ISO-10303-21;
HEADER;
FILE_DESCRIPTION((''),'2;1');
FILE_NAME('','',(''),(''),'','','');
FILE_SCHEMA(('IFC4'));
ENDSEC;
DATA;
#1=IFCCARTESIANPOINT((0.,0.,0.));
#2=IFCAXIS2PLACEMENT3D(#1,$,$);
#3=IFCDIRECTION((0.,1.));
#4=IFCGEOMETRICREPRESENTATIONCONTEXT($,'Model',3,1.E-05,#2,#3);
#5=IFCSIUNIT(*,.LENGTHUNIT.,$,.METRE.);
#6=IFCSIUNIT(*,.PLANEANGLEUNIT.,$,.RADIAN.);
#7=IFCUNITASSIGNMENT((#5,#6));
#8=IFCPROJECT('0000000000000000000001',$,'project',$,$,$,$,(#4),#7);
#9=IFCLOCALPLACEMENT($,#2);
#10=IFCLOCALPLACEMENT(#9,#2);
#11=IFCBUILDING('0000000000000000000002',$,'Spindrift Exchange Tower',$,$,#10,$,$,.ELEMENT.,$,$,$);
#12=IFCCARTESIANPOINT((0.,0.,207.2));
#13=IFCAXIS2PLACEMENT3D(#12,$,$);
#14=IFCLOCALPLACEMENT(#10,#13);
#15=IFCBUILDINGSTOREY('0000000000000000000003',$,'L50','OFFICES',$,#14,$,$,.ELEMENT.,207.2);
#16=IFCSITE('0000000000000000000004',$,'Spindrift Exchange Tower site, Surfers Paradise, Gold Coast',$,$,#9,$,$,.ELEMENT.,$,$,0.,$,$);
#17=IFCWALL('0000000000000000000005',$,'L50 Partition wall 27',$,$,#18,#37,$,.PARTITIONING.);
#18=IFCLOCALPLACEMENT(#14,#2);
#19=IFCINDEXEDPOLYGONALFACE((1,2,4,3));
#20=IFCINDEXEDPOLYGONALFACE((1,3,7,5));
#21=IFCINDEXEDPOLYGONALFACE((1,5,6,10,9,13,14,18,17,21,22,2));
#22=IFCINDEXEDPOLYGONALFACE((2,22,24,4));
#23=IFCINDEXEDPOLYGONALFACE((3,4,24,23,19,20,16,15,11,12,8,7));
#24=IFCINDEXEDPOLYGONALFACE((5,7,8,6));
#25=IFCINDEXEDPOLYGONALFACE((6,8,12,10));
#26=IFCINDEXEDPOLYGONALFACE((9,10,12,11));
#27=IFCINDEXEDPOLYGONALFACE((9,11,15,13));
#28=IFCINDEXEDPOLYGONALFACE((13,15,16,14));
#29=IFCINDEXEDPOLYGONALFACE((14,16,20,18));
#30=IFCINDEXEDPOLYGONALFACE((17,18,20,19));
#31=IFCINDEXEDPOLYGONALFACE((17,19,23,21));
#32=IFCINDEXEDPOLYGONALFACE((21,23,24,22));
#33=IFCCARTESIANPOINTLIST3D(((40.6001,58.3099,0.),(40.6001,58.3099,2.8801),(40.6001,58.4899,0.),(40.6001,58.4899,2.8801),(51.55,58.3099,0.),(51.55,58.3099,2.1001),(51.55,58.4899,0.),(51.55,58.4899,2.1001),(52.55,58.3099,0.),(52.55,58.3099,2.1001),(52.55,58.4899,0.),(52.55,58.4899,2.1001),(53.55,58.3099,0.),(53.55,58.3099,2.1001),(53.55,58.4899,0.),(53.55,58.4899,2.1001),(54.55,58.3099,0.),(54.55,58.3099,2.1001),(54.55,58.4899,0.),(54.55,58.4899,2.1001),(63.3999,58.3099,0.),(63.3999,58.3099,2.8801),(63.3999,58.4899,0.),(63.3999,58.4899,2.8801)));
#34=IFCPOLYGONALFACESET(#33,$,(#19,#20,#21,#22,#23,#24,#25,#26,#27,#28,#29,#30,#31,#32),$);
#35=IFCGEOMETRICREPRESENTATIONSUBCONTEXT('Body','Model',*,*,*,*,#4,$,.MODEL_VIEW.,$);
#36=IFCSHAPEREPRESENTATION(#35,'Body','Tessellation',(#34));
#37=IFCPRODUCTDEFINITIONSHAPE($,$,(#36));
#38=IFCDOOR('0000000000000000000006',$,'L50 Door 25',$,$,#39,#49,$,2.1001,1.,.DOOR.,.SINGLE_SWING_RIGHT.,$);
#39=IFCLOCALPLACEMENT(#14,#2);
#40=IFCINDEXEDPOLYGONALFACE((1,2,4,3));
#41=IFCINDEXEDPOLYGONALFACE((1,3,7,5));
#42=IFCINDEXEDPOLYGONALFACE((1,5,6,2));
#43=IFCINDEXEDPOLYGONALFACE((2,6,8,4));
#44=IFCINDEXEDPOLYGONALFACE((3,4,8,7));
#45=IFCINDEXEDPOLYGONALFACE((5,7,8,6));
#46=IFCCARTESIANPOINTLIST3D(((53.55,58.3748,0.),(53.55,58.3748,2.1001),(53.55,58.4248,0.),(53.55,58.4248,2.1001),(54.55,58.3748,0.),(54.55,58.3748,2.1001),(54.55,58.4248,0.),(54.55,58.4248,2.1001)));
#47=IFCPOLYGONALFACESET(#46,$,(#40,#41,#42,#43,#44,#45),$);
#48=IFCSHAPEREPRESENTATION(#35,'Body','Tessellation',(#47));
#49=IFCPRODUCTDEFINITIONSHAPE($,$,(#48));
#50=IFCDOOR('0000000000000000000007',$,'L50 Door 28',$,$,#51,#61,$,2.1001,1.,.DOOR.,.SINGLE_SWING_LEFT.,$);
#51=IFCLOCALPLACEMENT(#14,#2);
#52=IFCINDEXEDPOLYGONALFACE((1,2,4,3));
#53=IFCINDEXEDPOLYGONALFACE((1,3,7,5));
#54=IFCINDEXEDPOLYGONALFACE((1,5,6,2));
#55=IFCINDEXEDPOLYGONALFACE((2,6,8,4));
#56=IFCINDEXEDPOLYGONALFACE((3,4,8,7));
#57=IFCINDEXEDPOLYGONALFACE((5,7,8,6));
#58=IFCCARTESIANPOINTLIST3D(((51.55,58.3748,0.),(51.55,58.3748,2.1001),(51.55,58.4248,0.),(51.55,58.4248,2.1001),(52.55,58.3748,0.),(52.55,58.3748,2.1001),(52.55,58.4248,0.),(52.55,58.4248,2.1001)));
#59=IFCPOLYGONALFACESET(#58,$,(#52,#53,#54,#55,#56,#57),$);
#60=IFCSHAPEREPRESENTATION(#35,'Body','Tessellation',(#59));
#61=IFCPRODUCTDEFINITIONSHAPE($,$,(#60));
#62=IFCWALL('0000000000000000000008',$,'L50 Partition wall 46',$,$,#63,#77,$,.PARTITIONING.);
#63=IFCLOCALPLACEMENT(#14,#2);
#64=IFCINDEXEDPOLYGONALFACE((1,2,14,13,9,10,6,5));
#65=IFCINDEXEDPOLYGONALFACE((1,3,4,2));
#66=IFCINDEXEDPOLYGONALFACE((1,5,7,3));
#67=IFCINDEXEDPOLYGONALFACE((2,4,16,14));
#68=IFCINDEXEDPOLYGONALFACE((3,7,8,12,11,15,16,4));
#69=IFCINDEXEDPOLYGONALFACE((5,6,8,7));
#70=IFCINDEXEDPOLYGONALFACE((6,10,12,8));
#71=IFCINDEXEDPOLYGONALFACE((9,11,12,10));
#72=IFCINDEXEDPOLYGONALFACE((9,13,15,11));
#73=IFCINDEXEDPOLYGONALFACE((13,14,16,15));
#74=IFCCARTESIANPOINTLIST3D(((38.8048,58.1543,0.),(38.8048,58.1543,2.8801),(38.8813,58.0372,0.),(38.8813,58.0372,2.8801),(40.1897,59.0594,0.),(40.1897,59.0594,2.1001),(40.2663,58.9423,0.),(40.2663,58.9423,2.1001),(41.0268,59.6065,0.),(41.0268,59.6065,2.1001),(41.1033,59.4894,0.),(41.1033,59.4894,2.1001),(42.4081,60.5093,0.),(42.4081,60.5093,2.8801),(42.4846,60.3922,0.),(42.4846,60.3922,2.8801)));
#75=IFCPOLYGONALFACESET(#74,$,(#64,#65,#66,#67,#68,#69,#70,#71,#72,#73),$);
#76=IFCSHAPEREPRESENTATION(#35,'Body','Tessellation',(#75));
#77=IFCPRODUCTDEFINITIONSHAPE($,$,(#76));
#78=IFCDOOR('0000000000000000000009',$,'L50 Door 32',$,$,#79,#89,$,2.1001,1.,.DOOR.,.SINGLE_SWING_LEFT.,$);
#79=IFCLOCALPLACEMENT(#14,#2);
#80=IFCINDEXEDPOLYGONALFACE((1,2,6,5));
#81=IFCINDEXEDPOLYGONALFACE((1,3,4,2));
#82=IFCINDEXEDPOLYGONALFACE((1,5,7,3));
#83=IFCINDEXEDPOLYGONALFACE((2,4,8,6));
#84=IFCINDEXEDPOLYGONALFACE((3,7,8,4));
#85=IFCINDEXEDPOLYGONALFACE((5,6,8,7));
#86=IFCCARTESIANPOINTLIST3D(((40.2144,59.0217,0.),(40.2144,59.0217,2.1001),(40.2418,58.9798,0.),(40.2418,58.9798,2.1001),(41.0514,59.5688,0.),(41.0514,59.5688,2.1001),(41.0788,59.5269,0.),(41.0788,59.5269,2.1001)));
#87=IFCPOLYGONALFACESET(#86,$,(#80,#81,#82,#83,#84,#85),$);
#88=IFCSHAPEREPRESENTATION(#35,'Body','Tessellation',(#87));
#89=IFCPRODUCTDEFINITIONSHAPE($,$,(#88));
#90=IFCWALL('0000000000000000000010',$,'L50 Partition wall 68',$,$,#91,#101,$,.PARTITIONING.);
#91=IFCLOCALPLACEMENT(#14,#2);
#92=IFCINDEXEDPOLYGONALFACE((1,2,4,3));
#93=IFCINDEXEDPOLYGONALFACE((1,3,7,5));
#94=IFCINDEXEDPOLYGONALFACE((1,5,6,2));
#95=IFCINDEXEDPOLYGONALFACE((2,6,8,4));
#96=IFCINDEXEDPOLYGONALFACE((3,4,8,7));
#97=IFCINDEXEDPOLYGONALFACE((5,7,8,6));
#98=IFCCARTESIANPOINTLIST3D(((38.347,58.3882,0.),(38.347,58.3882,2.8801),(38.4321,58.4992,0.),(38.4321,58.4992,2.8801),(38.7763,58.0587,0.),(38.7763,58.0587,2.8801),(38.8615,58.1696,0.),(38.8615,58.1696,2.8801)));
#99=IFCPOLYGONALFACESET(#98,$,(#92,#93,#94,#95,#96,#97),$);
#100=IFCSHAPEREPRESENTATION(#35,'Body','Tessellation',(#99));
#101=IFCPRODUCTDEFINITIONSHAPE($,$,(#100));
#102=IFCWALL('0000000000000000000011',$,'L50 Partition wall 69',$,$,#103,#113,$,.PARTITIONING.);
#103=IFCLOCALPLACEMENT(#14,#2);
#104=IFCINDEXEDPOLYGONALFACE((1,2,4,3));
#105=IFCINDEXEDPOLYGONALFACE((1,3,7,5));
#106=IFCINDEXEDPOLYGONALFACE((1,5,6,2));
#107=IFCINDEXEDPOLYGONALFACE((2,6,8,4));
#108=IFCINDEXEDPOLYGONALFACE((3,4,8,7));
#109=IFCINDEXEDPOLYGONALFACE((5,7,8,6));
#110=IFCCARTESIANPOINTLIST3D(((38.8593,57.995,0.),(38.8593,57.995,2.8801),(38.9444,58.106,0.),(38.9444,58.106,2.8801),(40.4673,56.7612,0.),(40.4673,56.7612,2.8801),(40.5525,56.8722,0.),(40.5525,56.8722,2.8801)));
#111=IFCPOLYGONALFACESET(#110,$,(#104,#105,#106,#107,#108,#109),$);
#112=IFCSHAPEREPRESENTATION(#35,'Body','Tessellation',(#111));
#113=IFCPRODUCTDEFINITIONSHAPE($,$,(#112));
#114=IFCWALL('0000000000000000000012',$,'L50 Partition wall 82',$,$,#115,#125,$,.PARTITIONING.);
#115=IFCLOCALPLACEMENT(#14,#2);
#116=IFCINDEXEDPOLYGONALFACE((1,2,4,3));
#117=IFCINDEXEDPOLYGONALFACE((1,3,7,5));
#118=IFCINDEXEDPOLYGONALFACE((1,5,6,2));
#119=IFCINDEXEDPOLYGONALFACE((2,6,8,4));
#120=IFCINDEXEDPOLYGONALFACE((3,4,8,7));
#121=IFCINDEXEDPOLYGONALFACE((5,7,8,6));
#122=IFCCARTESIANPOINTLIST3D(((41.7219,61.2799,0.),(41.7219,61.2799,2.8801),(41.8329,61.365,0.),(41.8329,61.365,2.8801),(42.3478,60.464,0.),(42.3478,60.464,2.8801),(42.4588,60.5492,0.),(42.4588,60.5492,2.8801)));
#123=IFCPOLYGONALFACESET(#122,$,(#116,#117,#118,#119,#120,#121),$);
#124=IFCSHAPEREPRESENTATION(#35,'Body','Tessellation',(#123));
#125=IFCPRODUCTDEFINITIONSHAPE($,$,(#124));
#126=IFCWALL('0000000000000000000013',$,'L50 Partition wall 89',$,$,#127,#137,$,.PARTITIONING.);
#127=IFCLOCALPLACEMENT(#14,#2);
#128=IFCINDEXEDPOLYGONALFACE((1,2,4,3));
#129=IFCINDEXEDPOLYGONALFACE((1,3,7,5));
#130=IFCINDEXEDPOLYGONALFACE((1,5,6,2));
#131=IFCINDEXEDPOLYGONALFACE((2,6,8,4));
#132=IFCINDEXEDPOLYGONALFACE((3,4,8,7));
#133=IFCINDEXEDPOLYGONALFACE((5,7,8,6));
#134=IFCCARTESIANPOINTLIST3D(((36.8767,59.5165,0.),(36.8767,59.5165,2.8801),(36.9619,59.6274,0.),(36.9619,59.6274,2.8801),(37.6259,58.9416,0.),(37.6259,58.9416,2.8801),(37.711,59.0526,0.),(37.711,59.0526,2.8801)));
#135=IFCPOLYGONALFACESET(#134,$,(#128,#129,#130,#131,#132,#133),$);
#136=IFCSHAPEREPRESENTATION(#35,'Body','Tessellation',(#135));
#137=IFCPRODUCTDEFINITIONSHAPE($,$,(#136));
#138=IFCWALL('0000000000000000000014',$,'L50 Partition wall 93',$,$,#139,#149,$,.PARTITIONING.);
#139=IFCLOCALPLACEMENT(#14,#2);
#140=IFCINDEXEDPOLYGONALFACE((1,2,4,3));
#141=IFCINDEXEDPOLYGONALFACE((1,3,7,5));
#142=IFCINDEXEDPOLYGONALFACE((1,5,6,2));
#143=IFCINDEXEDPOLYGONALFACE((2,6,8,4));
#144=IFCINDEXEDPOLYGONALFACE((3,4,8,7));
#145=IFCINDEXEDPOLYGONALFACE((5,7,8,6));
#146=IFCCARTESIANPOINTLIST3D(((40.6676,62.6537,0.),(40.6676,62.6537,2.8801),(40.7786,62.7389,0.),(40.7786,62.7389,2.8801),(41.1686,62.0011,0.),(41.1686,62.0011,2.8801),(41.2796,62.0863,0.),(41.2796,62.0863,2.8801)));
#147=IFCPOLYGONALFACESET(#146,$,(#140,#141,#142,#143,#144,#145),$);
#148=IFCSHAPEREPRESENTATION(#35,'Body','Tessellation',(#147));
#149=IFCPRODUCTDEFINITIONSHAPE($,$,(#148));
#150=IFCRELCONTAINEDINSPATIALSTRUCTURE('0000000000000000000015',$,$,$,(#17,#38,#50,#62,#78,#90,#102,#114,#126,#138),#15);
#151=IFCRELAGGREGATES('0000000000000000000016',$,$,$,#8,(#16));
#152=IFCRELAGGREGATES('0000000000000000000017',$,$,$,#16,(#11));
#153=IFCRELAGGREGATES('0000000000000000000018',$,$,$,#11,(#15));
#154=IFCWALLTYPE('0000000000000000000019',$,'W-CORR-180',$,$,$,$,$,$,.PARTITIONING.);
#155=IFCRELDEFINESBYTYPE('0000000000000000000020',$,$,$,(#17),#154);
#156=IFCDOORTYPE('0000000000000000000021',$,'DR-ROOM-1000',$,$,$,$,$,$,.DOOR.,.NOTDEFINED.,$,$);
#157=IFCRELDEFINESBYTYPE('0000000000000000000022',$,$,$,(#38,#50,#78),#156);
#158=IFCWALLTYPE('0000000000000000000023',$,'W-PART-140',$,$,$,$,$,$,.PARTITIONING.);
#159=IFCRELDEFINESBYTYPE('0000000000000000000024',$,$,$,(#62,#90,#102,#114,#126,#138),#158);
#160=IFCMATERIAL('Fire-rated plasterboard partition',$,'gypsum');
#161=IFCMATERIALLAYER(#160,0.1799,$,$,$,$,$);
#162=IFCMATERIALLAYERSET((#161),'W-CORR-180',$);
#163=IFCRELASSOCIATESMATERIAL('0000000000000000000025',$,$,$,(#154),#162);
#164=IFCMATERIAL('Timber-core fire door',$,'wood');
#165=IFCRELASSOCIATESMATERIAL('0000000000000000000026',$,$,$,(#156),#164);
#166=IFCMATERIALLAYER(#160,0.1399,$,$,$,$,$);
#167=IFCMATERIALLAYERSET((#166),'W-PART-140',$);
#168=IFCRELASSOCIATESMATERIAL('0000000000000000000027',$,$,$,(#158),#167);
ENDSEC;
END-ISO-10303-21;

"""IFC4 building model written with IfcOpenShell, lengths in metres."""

from ifc_helpers import new_model, si_unit, direction, frame, frame_2d, origin, place, context, subcontext, project, spatial, rectangle, extrude, source, transform, mapped, material, layer, layer_set, type_object, element, fill, save


model = new_model("IFC4")

# Units and contexts
model_context = context("Model", 3, precision=1e-05, world=origin(), true_north=direction((0.0, 1.0)))
body_context = subcontext(model_context, "Body", "Model", "MODEL_VIEW")
ifc_project = project(units=[si_unit("LENGTHUNIT", "METRE"), si_unit("PLANEANGLEUNIT", "RADIAN")], contexts=[model_context])

# Site, building, storey
site_placement = place(None, origin())
site = spatial("IfcSite", under=ifc_project, at=site_placement, Name="Spindrift Exchange Tower site, Surfers Paradise, Gold Coast", CompositionType="ELEMENT", RefElevation=0.0)
building_placement = place(site_placement, origin())
building = spatial("IfcBuilding", under=site, at=building_placement, Name="Spindrift Exchange Tower", CompositionType="ELEMENT")
storey_placement = place(building_placement, frame((0.0, 0.0, 207.2)))
storey = spatial("IfcBuildingStorey", under=building, at=storey_placement, Name="L50", Description="OFFICES", CompositionType="ELEMENT", Elevation=207.2)

# Wall, openings, doors
ifc_material_1 = material(Name="Fire-rated plasterboard partition", Category="gypsum")
ifc_layer_1 = layer(ifc_material_1, 0.1799)
ifc_layer_set_1 = layer_set([ifc_layer_1], Name="W-CORR-180")
wall_type_1 = type_object("IfcWallType", Name="W-CORR-180", PredefinedType="PARTITIONING", material=ifc_layer_set_1)
wall_1_placement = place(storey_placement, frame((40.6001, 58.3999, 0.0), z_axis=(0.0, 0.0, 1.0), x_axis=(1.0, 0.0, 0.0)))
wall_1 = element("IfcWall", 1, at=wall_1_placement, inside=storey, type_object=wall_type_1, Name="L50 Partition wall 27", PredefinedType="PARTITIONING", context=body_context, shape_type="SweptSolid", body=[
    extrude(rectangle(XDim=22.7998, YDim=0.1799, at=frame_2d((11.3999, 0.0))), origin(), (0.0, 0.0, 1.0), 2.8801),
])
opening_1_placement = place(wall_1_placement, frame((12.95, 0.0, 0.0)))
opening_1 = element("IfcOpeningElement", 2, at=opening_1_placement, cuts=wall_1, PredefinedType="OPENING", context=body_context, shape_type="SweptSolid", body=[
    extrude(rectangle(XDim=1.0, YDim=2.1001, at=frame_2d((0.5, 1.05))), frame((0.0, 0.0999, 0.0), z_axis=(0.0, -1.0, 0.0), x_axis=(1.0, 0.0, 0.0)), (0.0, 0.0, 1.0), 0.2),
])
opening_2_placement = place(wall_1_placement, frame((10.95, 0.0, 0.0)))
opening_2 = element("IfcOpeningElement", 3, at=opening_2_placement, cuts=wall_1, PredefinedType="OPENING", context=body_context, shape_type="SweptSolid", body=[
    extrude(rectangle(XDim=1.0, YDim=2.1001, at=frame_2d((0.5, 1.05))), frame((0.0, 0.0999, 0.0), z_axis=(0.0, -1.0, 0.0), x_axis=(1.0, 0.0, 0.0)), (0.0, 0.0, 1.0), 0.2),
])
ifc_material_2 = material(Name="Timber-core fire door", Category="wood")
door_type = type_object("IfcDoorType", Name="DR-ROOM-1000", OperationType="NOTDEFINED", PredefinedType="DOOR", material=ifc_material_2)
shared_shape_1 = source(origin(), body_context, "Body", "SweptSolid", [
    extrude(rectangle(XDim=1.0, YDim=2.1001, at=frame_2d((0.5, 1.05))), frame((0.0, 0.0249, 0.0), z_axis=(0.0, -1.0, 0.0), x_axis=(1.0, 0.0, 0.0)), (0.0, 0.0, 1.0), 0.05),
])
door_1_placement = place(opening_1_placement, origin())
door_1 = element("IfcDoor", 4, at=door_1_placement, inside=storey, type_object=door_type, Name="L50 Door 25", OperationType="SINGLE_SWING_RIGHT", OverallHeight=2.1001, OverallWidth=1.0, PredefinedType="DOOR", context=body_context, shape_type="MappedRepresentation", body=[
    mapped(shared_shape_1, transform((0.0, 0.0, 0.0), scale=1.0)),
])
fill(opening_1, door_1)
door_2_placement = place(opening_2_placement, origin())
door_2 = element("IfcDoor", 5, at=door_2_placement, inside=storey, type_object=door_type, Name="L50 Door 28", OperationType="SINGLE_SWING_LEFT", OverallHeight=2.1001, OverallWidth=1.0, PredefinedType="DOOR", context=body_context, shape_type="MappedRepresentation", body=[
    mapped(shared_shape_1, transform((0.0, 0.0, 0.0), scale=1.0)),
])
fill(opening_2, door_2)

# Wall, opening, door
ifc_layer_2 = layer(ifc_material_1, 0.1399)
ifc_layer_set_2 = layer_set([ifc_layer_2], Name="W-PART-140")
wall_type_2 = type_object("IfcWallType", Name="W-PART-140", PredefinedType="PARTITIONING", material=ifc_layer_set_2)
wall_2_placement = place(storey_placement, frame((38.843, 58.0957, 0.0), z_axis=(0.0, 0.0, 1.0), x_axis=(0.837077, 0.547086, 0.0)))
wall_2 = element("IfcWall", 6, at=wall_2_placement, inside=storey, type_object=wall_type_2, Name="L50 Partition wall 46", PredefinedType="PARTITIONING", context=body_context, shape_type="SweptSolid", body=[
    extrude(rectangle(XDim=4.3047, YDim=0.1399, at=frame_2d((2.1523, 0.0))), origin(), (0.0, 0.0, 1.0), 2.8801),
])
opening_3_placement = place(wall_2_placement, frame((1.6545, 0.0, 0.0)))
opening_3 = element("IfcOpeningElement", 7, at=opening_3_placement, cuts=wall_2, PredefinedType="OPENING", context=body_context, shape_type="SweptSolid", body=[
    extrude(rectangle(XDim=1.0, YDim=2.1001, at=frame_2d((0.5, 1.05))), frame((0.0, 0.0798, 0.0), z_axis=(0.0, -1.0, 0.0), x_axis=(1.0, 0.0, 0.0)), (0.0, 0.0, 1.0), 0.1599),
])
door_3_placement = place(opening_3_placement, origin())
door_3 = element("IfcDoor", 8, at=door_3_placement, inside=storey, type_object=door_type, Name="L50 Door 32", OperationType="SINGLE_SWING_LEFT", OverallHeight=2.1001, OverallWidth=1.0, PredefinedType="DOOR", context=body_context, shape_type="MappedRepresentation", body=[
    mapped(shared_shape_1, transform((0.0, 0.0, 0.0), scale=1.0)),
])
fill(opening_3, door_3)

# Walls
wall_3_placement = place(storey_placement, frame((38.3896, 58.4436, 0.0), z_axis=(0.0, 0.0, 1.0), x_axis=(0.793294, -0.608839, 0.0)))
element("IfcWall", 9, at=wall_3_placement, inside=storey, type_object=wall_type_2, Name="L50 Partition wall 68", PredefinedType="PARTITIONING", context=body_context, shape_type="SweptSolid", body=[
    extrude(rectangle(XDim=0.5413, YDim=0.1399, at=frame_2d((0.2705, 0.0))), origin(), (0.0, 0.0, 1.0), 2.8801),
])
wall_4_placement = place(storey_placement, frame((38.9019, 58.0505, 0.0), z_axis=(0.0, 0.0, 1.0), x_axis=(0.793376, -0.608732, 0.0)))
element("IfcWall", 10, at=wall_4_placement, inside=storey, type_object=wall_type_2, Name="L50 Partition wall 69", PredefinedType="PARTITIONING", context=body_context, shape_type="SweptSolid", body=[
    extrude(rectangle(XDim=2.0269, YDim=0.1399, at=frame_2d((1.0134, 0.0))), origin(), (0.0, 0.0, 1.0), 2.8801),
])
wall_5_placement = place(storey_placement, frame((42.4033, 60.5066, 0.0), z_axis=(0.0, 0.0, 1.0), x_axis=(-0.608701, 0.7934, 0.0)))
element("IfcWall", 11, at=wall_5_placement, inside=storey, type_object=wall_type_2, Name="L50 Partition wall 82", PredefinedType="PARTITIONING", context=body_context, shape_type="SweptSolid", body=[
    extrude(rectangle(XDim=1.0283, YDim=0.1399, at=frame_2d((0.5142, 0.0))), origin(), (0.0, 0.0, 1.0), 2.8801),
])
wall_6_placement = place(storey_placement, frame((37.6685, 58.9971, 0.0), z_axis=(0.0, 0.0, 1.0), x_axis=(-0.793344, 0.608773, 0.0)))
element("IfcWall", 12, at=wall_6_placement, inside=storey, type_object=wall_type_2, Name="L50 Partition wall 89", PredefinedType="PARTITIONING", context=body_context, shape_type="SweptSolid", body=[
    extrude(rectangle(XDim=0.9443, YDim=0.1399, at=frame_2d((0.4722, 0.0))), origin(), (0.0, 0.0, 1.0), 2.8801),
])
wall_7_placement = place(storey_placement, frame((41.2241, 62.0437, 0.0), z_axis=(0.0, 0.0, 1.0), x_axis=(-0.608936, 0.793219, 0.0)))
element("IfcWall", 13, at=wall_7_placement, inside=storey, type_object=wall_type_2, Name="L50 Partition wall 93", PredefinedType="PARTITIONING", context=body_context, shape_type="SweptSolid", body=[
    extrude(rectangle(XDim=0.8228, YDim=0.1399, at=frame_2d((0.4114, 0.0))), origin(), (0.0, 0.0, 1.0), 2.8801),
])

save(model, "model.ifc")
